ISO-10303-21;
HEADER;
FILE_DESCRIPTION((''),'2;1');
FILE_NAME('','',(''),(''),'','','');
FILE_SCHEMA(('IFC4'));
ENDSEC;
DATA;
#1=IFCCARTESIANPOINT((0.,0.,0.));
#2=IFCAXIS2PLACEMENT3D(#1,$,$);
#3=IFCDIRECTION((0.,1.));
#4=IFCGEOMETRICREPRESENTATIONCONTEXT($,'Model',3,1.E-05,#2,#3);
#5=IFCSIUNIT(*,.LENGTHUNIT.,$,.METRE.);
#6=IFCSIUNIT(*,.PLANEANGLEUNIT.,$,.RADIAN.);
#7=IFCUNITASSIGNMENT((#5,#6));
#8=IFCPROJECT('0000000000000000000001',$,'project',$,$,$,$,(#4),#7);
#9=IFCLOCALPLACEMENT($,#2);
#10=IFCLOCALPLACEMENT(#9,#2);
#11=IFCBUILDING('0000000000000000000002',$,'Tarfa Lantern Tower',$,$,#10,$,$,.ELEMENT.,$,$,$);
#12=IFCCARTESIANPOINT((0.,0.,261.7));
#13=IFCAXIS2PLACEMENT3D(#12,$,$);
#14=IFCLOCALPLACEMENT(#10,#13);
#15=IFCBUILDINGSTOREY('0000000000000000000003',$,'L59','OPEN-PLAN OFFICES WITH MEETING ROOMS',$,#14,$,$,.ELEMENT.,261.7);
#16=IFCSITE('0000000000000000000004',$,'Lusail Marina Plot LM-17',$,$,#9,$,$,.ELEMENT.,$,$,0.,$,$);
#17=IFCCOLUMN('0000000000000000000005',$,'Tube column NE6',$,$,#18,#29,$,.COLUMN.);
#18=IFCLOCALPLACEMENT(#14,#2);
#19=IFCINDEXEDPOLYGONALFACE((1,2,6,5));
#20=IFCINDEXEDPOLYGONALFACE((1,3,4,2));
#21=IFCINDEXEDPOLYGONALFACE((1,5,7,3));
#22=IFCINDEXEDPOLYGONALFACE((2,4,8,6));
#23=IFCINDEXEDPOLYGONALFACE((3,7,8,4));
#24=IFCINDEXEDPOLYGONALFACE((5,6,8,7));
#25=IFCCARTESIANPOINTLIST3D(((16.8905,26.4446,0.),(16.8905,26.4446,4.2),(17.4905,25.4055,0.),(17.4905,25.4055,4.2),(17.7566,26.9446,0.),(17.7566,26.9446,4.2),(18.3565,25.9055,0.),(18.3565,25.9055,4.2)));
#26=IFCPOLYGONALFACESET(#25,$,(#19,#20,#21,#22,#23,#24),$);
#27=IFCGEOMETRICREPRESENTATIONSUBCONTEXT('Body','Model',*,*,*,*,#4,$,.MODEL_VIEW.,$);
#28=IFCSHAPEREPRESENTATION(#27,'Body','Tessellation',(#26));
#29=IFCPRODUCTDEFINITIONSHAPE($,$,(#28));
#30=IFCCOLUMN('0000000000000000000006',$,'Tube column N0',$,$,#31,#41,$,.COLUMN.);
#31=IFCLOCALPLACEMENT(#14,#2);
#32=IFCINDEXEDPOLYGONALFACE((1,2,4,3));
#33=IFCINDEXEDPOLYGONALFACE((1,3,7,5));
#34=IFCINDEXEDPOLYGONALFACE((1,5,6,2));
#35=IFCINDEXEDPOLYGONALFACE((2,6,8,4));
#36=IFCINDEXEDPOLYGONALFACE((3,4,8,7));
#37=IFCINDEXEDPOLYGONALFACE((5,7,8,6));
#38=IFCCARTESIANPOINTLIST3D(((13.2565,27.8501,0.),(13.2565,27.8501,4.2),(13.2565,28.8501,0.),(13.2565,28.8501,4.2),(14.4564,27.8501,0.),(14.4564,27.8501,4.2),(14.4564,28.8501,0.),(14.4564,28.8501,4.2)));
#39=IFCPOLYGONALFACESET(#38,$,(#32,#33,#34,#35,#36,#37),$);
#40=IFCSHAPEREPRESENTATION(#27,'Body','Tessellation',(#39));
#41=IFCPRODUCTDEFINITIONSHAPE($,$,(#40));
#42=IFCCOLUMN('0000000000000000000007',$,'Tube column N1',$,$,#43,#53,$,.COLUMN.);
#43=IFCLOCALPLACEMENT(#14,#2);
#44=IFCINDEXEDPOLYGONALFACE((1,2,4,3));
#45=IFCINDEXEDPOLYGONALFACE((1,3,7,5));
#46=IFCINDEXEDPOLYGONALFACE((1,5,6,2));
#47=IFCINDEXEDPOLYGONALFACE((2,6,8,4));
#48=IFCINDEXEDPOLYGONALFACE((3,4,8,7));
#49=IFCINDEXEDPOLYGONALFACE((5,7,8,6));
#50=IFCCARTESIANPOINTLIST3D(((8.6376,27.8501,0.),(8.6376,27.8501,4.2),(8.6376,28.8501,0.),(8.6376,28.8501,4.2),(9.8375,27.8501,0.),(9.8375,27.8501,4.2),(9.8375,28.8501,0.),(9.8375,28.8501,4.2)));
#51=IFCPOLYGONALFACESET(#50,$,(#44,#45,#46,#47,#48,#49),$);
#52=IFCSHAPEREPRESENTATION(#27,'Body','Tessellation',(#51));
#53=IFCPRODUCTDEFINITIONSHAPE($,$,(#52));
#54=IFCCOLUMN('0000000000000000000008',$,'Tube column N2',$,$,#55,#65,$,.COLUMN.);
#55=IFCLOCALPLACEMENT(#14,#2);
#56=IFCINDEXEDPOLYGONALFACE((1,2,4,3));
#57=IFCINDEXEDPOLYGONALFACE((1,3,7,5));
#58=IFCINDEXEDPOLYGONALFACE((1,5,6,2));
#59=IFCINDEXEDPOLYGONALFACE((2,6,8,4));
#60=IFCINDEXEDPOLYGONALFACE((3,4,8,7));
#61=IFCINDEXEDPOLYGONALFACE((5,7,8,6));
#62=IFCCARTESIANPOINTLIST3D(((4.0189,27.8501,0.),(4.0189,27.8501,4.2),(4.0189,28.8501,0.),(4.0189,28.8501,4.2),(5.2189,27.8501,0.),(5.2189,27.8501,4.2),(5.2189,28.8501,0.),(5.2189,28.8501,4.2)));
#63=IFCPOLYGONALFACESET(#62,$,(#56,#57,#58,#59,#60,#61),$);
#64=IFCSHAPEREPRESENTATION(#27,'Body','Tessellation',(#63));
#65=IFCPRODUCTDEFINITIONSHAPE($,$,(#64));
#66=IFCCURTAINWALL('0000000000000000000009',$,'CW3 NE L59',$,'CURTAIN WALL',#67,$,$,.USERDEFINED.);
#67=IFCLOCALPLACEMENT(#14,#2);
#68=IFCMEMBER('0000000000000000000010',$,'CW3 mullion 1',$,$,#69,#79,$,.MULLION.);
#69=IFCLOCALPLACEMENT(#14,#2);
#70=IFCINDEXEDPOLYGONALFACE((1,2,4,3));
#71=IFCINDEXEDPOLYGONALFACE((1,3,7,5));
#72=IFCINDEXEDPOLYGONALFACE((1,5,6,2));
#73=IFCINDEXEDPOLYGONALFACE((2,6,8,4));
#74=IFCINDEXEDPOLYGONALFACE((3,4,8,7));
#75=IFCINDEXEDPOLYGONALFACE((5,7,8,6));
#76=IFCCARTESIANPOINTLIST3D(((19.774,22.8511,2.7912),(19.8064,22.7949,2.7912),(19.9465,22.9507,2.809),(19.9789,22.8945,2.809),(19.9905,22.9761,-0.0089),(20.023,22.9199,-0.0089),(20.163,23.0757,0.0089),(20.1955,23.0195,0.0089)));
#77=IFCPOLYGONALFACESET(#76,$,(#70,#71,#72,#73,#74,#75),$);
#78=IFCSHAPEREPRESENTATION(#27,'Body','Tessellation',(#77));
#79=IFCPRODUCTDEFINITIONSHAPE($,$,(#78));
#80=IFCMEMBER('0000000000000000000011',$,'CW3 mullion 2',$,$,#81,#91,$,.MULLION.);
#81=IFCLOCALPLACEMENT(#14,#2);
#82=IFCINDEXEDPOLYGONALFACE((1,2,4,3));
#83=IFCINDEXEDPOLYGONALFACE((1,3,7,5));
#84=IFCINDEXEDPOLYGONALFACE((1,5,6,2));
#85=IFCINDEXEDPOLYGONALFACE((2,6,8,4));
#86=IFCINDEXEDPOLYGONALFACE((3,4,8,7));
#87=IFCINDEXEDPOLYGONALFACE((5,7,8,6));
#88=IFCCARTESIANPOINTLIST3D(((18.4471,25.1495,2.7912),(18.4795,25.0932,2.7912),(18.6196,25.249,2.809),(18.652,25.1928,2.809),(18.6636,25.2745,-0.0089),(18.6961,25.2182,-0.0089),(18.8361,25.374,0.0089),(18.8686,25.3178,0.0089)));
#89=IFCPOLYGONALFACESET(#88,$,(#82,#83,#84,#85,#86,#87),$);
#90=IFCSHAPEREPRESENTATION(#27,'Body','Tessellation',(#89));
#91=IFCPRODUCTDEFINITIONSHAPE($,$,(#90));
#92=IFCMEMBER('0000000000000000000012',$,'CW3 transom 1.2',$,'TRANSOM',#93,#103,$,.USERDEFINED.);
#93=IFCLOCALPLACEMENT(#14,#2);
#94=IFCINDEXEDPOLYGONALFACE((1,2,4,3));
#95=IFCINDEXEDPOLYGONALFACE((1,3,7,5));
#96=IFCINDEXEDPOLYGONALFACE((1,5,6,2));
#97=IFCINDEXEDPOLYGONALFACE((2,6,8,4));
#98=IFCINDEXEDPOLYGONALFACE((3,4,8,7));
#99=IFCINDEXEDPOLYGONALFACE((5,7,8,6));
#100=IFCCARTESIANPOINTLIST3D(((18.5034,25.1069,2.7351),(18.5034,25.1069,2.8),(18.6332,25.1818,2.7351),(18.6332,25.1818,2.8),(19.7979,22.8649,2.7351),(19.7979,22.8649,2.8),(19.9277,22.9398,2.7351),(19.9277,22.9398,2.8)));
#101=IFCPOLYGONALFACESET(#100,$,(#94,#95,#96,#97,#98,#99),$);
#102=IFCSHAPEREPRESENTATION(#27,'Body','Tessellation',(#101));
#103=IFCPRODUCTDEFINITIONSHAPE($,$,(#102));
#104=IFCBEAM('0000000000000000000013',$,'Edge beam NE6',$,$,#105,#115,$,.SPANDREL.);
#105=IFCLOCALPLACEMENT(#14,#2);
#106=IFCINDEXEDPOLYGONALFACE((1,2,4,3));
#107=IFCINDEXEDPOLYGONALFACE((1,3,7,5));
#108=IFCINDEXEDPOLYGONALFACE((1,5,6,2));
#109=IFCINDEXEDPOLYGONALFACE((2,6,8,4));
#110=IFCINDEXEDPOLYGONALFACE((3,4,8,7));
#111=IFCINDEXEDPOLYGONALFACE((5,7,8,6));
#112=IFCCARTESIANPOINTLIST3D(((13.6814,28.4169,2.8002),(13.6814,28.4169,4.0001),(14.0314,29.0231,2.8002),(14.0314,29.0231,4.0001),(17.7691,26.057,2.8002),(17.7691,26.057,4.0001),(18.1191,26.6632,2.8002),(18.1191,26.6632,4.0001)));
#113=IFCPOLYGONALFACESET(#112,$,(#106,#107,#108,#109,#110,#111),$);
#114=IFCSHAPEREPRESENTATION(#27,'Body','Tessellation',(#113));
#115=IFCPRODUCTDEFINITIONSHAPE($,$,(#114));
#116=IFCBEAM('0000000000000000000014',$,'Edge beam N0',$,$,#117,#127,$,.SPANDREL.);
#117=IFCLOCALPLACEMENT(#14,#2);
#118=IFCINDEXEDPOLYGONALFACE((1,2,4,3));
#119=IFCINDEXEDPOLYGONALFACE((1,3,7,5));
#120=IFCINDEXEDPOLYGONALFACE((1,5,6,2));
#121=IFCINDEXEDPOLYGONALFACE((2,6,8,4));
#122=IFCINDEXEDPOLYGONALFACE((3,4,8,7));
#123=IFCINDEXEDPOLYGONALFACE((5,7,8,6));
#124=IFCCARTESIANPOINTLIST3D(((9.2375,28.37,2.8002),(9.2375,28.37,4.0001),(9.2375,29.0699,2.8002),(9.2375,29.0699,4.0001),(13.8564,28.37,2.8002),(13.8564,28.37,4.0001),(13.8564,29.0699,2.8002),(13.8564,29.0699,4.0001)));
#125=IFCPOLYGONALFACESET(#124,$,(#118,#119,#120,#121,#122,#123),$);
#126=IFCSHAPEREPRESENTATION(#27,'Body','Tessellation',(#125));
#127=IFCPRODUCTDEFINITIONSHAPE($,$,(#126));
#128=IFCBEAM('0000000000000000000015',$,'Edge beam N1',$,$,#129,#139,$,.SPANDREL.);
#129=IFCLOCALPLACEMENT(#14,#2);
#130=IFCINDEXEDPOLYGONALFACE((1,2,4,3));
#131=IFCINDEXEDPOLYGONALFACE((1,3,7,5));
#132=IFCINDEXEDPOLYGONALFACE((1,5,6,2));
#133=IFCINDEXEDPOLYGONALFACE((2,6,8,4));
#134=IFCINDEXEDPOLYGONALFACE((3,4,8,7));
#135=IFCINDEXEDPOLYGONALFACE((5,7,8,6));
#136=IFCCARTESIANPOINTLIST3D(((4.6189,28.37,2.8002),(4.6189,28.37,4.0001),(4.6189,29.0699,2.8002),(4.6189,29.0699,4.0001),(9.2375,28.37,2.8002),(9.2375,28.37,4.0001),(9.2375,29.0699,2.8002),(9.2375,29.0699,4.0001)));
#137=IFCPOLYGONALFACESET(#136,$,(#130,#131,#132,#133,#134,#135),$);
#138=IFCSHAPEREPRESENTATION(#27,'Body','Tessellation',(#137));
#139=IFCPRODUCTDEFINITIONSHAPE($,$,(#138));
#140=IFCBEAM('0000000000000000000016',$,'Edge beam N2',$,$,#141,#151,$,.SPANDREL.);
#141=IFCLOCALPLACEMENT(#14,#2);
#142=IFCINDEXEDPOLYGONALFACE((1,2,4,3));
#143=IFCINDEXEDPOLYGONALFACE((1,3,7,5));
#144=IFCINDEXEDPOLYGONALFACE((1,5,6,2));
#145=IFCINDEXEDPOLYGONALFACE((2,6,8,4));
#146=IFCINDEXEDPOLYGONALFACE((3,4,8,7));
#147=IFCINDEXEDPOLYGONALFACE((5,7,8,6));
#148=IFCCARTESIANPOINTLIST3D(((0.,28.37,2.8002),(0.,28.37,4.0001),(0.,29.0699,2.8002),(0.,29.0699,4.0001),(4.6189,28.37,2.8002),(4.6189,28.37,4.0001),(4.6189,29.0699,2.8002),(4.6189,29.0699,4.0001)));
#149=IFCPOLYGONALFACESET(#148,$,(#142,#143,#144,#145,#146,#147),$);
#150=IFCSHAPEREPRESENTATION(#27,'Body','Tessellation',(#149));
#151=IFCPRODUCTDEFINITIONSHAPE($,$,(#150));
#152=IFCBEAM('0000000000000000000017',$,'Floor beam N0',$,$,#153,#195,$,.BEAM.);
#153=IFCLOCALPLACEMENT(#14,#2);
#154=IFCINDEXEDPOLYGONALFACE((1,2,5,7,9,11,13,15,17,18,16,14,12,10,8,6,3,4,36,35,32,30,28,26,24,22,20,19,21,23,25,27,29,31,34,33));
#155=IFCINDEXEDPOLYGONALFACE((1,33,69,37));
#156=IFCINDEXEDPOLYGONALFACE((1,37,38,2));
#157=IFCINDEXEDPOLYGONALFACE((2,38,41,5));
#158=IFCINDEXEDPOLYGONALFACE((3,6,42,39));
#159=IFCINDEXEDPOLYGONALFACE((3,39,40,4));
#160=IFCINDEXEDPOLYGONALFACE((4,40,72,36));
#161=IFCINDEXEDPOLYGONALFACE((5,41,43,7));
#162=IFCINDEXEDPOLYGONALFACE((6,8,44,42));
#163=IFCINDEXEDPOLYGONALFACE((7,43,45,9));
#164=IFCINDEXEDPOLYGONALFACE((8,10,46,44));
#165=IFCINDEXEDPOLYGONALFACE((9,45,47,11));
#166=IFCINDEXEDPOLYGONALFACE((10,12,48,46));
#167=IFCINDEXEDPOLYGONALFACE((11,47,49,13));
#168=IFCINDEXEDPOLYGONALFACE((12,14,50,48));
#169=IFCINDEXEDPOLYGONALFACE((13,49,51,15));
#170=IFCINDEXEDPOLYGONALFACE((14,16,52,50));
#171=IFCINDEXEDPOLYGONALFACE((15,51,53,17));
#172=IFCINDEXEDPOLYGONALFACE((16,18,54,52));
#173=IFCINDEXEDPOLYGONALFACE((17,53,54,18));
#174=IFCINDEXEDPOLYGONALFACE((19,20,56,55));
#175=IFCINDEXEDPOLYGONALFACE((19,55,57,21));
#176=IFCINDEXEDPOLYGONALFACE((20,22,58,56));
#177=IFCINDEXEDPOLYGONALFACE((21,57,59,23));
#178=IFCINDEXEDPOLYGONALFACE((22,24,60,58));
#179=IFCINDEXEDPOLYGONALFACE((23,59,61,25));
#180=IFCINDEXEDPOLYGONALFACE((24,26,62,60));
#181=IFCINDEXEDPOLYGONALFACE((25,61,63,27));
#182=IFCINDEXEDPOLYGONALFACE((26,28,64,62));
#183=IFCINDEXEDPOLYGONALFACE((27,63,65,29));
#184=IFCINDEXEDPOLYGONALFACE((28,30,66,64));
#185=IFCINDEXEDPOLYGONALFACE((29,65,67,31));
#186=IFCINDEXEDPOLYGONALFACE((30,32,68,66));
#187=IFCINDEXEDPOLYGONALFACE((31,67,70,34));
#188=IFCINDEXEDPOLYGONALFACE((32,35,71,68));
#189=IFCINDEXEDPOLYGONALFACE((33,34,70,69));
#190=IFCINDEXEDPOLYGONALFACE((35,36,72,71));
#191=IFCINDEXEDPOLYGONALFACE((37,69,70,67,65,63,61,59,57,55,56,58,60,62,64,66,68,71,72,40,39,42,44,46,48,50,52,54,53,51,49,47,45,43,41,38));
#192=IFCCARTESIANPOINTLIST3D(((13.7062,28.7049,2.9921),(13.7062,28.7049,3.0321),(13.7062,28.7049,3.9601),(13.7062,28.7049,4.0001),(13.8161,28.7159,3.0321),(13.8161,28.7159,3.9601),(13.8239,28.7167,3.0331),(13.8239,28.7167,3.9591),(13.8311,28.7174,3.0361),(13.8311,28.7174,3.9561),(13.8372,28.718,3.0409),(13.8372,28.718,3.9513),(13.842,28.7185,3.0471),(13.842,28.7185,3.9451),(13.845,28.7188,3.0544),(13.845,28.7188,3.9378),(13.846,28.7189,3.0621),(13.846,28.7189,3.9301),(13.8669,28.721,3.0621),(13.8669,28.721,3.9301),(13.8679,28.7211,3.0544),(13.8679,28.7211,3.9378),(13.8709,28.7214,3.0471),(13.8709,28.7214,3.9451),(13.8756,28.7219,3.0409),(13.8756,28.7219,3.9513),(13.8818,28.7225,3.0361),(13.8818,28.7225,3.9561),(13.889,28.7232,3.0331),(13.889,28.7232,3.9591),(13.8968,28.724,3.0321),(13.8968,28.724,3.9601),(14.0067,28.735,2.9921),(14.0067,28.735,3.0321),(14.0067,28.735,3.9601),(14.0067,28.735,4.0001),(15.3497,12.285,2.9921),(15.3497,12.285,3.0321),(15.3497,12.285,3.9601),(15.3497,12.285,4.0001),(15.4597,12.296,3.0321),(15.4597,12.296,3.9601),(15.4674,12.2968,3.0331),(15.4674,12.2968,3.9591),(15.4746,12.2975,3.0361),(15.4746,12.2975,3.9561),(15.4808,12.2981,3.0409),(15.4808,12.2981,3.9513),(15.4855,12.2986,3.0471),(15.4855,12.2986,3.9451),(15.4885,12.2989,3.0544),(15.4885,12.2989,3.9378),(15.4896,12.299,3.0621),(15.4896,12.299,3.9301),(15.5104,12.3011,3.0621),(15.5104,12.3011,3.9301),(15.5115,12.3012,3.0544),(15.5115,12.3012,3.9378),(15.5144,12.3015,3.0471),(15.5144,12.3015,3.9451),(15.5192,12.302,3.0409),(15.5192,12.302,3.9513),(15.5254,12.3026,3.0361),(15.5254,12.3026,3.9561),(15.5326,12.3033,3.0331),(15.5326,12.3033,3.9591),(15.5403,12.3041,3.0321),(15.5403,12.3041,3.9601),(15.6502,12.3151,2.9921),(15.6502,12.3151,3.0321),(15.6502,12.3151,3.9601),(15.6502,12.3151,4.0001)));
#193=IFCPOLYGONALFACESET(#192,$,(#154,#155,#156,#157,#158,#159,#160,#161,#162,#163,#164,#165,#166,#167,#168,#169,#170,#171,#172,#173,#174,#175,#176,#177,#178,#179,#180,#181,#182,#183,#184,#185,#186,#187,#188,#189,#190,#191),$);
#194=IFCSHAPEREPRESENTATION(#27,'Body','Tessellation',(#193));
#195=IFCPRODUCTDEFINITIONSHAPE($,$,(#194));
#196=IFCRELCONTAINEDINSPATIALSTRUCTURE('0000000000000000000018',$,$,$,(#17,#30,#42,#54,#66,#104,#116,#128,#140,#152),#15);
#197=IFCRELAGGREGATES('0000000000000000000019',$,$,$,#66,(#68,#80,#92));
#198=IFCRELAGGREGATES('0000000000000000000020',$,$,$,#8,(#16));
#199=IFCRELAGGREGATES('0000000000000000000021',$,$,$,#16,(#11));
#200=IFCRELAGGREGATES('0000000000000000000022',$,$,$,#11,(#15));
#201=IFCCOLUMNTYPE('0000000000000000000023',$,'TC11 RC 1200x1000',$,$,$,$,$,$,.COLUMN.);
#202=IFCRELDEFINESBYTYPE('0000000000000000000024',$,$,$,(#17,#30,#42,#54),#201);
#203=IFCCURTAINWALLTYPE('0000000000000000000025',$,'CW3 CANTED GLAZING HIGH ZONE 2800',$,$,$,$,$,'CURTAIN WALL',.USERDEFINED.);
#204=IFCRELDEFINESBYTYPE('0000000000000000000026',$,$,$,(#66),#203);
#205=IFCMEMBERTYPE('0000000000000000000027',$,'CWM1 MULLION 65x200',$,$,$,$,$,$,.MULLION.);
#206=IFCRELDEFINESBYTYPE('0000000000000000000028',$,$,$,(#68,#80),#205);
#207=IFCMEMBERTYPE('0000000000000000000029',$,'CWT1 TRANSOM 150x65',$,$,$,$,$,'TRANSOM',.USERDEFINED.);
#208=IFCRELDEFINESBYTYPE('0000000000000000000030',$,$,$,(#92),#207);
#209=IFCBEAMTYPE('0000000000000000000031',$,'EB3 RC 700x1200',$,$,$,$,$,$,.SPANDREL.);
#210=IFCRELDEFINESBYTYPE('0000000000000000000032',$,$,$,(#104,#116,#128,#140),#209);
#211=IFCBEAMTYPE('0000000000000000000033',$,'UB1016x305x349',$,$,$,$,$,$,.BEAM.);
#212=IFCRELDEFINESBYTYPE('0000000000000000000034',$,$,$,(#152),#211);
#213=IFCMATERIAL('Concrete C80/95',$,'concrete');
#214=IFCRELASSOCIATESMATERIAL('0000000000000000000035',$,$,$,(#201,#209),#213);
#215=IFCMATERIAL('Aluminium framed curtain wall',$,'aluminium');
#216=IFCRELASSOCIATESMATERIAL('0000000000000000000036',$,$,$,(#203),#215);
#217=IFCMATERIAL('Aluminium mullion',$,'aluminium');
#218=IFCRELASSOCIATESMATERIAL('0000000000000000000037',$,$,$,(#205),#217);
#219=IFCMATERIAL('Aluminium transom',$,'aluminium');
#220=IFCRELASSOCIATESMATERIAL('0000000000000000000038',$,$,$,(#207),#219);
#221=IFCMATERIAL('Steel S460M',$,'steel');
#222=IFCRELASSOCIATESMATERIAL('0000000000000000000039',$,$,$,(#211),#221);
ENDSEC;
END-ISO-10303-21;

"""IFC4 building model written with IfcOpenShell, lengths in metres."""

from ifc_helpers import new_model, si_unit, direction, frame, origin, origin_2d, place, context, subcontext, project, spatial, rectangle, i_section, extrude, material, material_profile, profile_set, type_object, element, aggregate, save


model = new_model("IFC4")

# Units and contexts
model_context = context("Model", 3, precision=1e-05, world=origin(), true_north=direction((0.0, 1.0)))
body_context = subcontext(model_context, "Body", "Model", "MODEL_VIEW")
ifc_project = project(units=[si_unit("LENGTHUNIT", "METRE"), si_unit("PLANEANGLEUNIT", "RADIAN")], contexts=[model_context])

# Site, building, storey
site_placement = place(None, origin())
site = spatial("IfcSite", under=ifc_project, at=site_placement, Name="Lusail Marina Plot LM-17", CompositionType="ELEMENT", RefElevation=0.0)
building_placement = place(site_placement, origin())
building = spatial("IfcBuilding", under=site, at=building_placement, Name="Tarfa Lantern Tower", CompositionType="ELEMENT")
storey_placement = place(building_placement, frame((0.0, 0.0, 261.7)))
storey = spatial("IfcBuildingStorey", under=building, at=storey_placement, Name="L59", Description="OPEN-PLAN OFFICES WITH MEETING ROOMS", CompositionType="ELEMENT", Elevation=261.7)

# Columns
ifc_material_1 = material(Name="Concrete C80/95", Category="concrete")
ifc_material_profile_1 = material_profile(ifc_material_1, rectangle(XDim=1.2, YDim=1.0, at=origin_2d()), Name="RC 1200x1000")
ifc_profile_set_1 = profile_set([ifc_material_profile_1], Name="Concrete C80/95")
column_type = type_object("IfcColumnType", Name="TC11 RC 1200x1000", PredefinedType="COLUMN", material=ifc_profile_set_1)
for number, where, z_axis, x_axis, name in (
    (1, (17.6235, 26.175, 0.0), (0.0, 0.0, 1.0), (-0.5, 0.866025, 0.0), "Tube column NE6"),
    (2, (13.8564, 28.3501, 0.0), (0.0, 0.0, 1.0), (-1.0, 0.0, 0.0), "Tube column N0"),
    (3, (9.2375, 28.3501, 0.0), (0.0, 0.0, 1.0), (-1.0, 0.0, 0.0), "Tube column N1"),
    (4, (4.6189, 28.3501, 0.0), (0.0, 0.0, 1.0), (-1.0, 0.0, 0.0), "Tube column N2"),
):
    element("IfcColumn", number, at=place(storey_placement, frame(where, z_axis=z_axis, x_axis=x_axis)), inside=storey, type_object=column_type, Name=name, PredefinedType="COLUMN", context=body_context, shape_type="SweptSolid", body=[
        extrude(rectangle(XDim=1.2, YDim=1.0, at=origin_2d()), origin(), (0.0, 0.0, 1.0), 4.2),
    ])

# Curtain wall, members
ifc_material_2 = material(Name="Aluminium framed curtain wall", Category="aluminium")
curtain_wall_type = type_object("IfcCurtainWallType", Name="CW3 CANTED GLAZING HIGH ZONE 2800", ElementType="CURTAIN WALL", PredefinedType="USERDEFINED", material=ifc_material_2)
curtain_wall_placement = place(storey_placement, origin())
curtain_wall = element("IfcCurtainWall", 5, at=curtain_wall_placement, inside=storey, type_object=curtain_wall_type, Name="CW3 NE L59", ObjectType="CURTAIN WALL", PredefinedType="USERDEFINED")
ifc_material_3 = material(Name="Aluminium mullion", Category="aluminium")
ifc_material_profile_2 = material_profile(ifc_material_3, rectangle(XDim=0.0649, YDim=0.2, at=origin_2d()), Name="AL MULLION 65x200")
ifc_profile_set_2 = profile_set([ifc_material_profile_2], Name="Aluminium mullion")
member_type_1 = type_object("IfcMemberType", Name="CWM1 MULLION 65x200", PredefinedType="MULLION", material=ifc_profile_set_2)
member_1_placement = place(storey_placement, frame((20.093, 22.9978, 0.0), z_axis=(-0.077032, -0.044465, 0.996037), x_axis=(0.49992, -0.866072, 0.0)))
member_1 = element("IfcMember", 6, at=member_1_placement, type_object=member_type_1, Name="CW3 mullion 1", PredefinedType="MULLION", context=body_context, shape_type="SweptSolid", body=[
    extrude(rectangle(XDim=0.0649, YDim=0.2, at=origin_2d()), origin(), (0.0, 0.0, 1.0), 2.8113),
])
member_2_placement = place(storey_placement, frame((18.7661, 25.2961, 0.0), z_axis=(-0.077032, -0.044465, 0.996037), x_axis=(0.49992, -0.866072, 0.0)))
member_2 = element("IfcMember", 7, at=member_2_placement, type_object=member_type_1, Name="CW3 mullion 2", PredefinedType="MULLION", context=body_context, shape_type="SweptSolid", body=[
    extrude(rectangle(XDim=0.0649, YDim=0.2, at=origin_2d()), origin(), (0.0, 0.0, 1.0), 2.8113),
])
ifc_material_4 = material(Name="Aluminium transom", Category="aluminium")
ifc_material_profile_3 = material_profile(ifc_material_4, rectangle(XDim=0.1499, YDim=0.0649, at=origin_2d()), Name="AL TRANSOM 150x65")
ifc_profile_set_3 = profile_set([ifc_material_profile_3], Name="Aluminium transom")
member_type_2 = type_object("IfcMemberType", Name="CWT1 TRANSOM 150x65", ElementType="TRANSOM", PredefinedType="USERDEFINED", material=ifc_profile_set_3)
member_3_placement = place(storey_placement, frame((19.8628, 22.9023, 2.7676), z_axis=(-0.500014, 0.866018, 0.0), x_axis=(-0.866018, -0.500014, 0.0)))
member_3 = element("IfcMember", 8, at=member_3_placement, type_object=member_type_2, Name="CW3 transom 1.2", ObjectType="TRANSOM", PredefinedType="USERDEFINED", context=body_context, shape_type="SweptSolid", body=[
    extrude(rectangle(XDim=0.1499, YDim=0.0649, at=origin_2d()), origin(), (0.0, 0.0, 1.0), 2.5889),
])

# Beams
ifc_material_profile_4 = material_profile(ifc_material_1, rectangle(XDim=0.7, YDim=1.2, at=origin_2d()), Name="RC 700x1200")
ifc_profile_set_4 = profile_set([ifc_material_profile_4], Name="Concrete C80/95")
beam_type_1 = type_object("IfcBeamType", Name="EB3 RC 700x1200", PredefinedType="SPANDREL", material=ifc_profile_set_4)
beam_1_placement = place(storey_placement, frame((17.9441, 26.3601, 3.4001), z_axis=(-0.866038, 0.499978, 0.0), x_axis=(-0.499978, -0.866038, 0.0)))
element("IfcBeam", 9, at=beam_1_placement, inside=storey, type_object=beam_type_1, Name="Edge beam NE6", PredefinedType="SPANDREL", context=body_context, shape_type="SweptSolid", body=[
    extrude(rectangle(XDim=0.7, YDim=1.2, at=origin_2d()), origin(), (0.0, 0.0, 1.0), 4.72),
])
beam_2_placement = place(storey_placement, frame((13.8564, 28.72, 3.4001), z_axis=(-1.0, 0.0, 0.0), x_axis=(0.0, -1.0, 0.0)))
element("IfcBeam", 10, at=beam_2_placement, inside=storey, type_object=beam_type_1, Name="Edge beam N0", PredefinedType="SPANDREL", context=body_context, shape_type="SweptSolid", body=[
    extrude(rectangle(XDim=0.7, YDim=1.2, at=origin_2d()), origin(), (0.0, 0.0, 1.0), 4.6189),
])
beam_3_placement = place(storey_placement, frame((9.2375, 28.72, 3.4001), z_axis=(-1.0, 0.0, 0.0), x_axis=(0.0, -1.0, 0.0)))
element("IfcBeam", 11, at=beam_3_placement, inside=storey, type_object=beam_type_1, Name="Edge beam N1", PredefinedType="SPANDREL", context=body_context, shape_type="SweptSolid", body=[
    extrude(rectangle(XDim=0.7, YDim=1.2, at=origin_2d()), origin(), (0.0, 0.0, 1.0), 4.6187),
])
beam_4_placement = place(storey_placement, frame((4.6189, 28.72, 3.4001), z_axis=(-1.0, 0.0, 0.0), x_axis=(0.0, -1.0, 0.0)))
element("IfcBeam", 12, at=beam_4_placement, inside=storey, type_object=beam_type_1, Name="Edge beam N2", PredefinedType="SPANDREL", context=body_context, shape_type="SweptSolid", body=[
    extrude(rectangle(XDim=0.7, YDim=1.2, at=origin_2d()), origin(), (0.0, 0.0, 1.0), 4.6189),
])
ifc_material_5 = material(Name="Steel S460M", Category="steel")
ifc_material_profile_5 = material_profile(ifc_material_5, i_section(OverallWidth=0.302, OverallDepth=1.0081, WebThickness=0.021, FlangeThickness=0.04, FilletRadius=0.03, at=origin_2d()), Name="UB1016x305x349")
ifc_profile_set_5 = profile_set([ifc_material_profile_5], Name="Steel S460M")
beam_type_2 = type_object("IfcBeamType", Name="UB1016x305x349", PredefinedType="BEAM", material=ifc_profile_set_5)
beam_5_placement = place(storey_placement, frame((13.8564, 28.72, 3.4961), z_axis=(0.099597, -0.995028, 0.0), x_axis=(0.995028, 0.099597, 0.0)))
element("IfcBeam", 13, at=beam_5_placement, inside=storey, type_object=beam_type_2, Name="Floor beam N0", PredefinedType="BEAM", context=body_context, shape_type="SweptSolid", body=[
    extrude(i_section(OverallWidth=0.302, OverallDepth=1.0081, WebThickness=0.021, FlangeThickness=0.04, FilletRadius=0.03, at=origin_2d()), origin(), (0.0, 0.0, 1.0), 16.502),
])

aggregate(curtain_wall, [member_1, member_2, member_3])

save(model, "model.ifc")
